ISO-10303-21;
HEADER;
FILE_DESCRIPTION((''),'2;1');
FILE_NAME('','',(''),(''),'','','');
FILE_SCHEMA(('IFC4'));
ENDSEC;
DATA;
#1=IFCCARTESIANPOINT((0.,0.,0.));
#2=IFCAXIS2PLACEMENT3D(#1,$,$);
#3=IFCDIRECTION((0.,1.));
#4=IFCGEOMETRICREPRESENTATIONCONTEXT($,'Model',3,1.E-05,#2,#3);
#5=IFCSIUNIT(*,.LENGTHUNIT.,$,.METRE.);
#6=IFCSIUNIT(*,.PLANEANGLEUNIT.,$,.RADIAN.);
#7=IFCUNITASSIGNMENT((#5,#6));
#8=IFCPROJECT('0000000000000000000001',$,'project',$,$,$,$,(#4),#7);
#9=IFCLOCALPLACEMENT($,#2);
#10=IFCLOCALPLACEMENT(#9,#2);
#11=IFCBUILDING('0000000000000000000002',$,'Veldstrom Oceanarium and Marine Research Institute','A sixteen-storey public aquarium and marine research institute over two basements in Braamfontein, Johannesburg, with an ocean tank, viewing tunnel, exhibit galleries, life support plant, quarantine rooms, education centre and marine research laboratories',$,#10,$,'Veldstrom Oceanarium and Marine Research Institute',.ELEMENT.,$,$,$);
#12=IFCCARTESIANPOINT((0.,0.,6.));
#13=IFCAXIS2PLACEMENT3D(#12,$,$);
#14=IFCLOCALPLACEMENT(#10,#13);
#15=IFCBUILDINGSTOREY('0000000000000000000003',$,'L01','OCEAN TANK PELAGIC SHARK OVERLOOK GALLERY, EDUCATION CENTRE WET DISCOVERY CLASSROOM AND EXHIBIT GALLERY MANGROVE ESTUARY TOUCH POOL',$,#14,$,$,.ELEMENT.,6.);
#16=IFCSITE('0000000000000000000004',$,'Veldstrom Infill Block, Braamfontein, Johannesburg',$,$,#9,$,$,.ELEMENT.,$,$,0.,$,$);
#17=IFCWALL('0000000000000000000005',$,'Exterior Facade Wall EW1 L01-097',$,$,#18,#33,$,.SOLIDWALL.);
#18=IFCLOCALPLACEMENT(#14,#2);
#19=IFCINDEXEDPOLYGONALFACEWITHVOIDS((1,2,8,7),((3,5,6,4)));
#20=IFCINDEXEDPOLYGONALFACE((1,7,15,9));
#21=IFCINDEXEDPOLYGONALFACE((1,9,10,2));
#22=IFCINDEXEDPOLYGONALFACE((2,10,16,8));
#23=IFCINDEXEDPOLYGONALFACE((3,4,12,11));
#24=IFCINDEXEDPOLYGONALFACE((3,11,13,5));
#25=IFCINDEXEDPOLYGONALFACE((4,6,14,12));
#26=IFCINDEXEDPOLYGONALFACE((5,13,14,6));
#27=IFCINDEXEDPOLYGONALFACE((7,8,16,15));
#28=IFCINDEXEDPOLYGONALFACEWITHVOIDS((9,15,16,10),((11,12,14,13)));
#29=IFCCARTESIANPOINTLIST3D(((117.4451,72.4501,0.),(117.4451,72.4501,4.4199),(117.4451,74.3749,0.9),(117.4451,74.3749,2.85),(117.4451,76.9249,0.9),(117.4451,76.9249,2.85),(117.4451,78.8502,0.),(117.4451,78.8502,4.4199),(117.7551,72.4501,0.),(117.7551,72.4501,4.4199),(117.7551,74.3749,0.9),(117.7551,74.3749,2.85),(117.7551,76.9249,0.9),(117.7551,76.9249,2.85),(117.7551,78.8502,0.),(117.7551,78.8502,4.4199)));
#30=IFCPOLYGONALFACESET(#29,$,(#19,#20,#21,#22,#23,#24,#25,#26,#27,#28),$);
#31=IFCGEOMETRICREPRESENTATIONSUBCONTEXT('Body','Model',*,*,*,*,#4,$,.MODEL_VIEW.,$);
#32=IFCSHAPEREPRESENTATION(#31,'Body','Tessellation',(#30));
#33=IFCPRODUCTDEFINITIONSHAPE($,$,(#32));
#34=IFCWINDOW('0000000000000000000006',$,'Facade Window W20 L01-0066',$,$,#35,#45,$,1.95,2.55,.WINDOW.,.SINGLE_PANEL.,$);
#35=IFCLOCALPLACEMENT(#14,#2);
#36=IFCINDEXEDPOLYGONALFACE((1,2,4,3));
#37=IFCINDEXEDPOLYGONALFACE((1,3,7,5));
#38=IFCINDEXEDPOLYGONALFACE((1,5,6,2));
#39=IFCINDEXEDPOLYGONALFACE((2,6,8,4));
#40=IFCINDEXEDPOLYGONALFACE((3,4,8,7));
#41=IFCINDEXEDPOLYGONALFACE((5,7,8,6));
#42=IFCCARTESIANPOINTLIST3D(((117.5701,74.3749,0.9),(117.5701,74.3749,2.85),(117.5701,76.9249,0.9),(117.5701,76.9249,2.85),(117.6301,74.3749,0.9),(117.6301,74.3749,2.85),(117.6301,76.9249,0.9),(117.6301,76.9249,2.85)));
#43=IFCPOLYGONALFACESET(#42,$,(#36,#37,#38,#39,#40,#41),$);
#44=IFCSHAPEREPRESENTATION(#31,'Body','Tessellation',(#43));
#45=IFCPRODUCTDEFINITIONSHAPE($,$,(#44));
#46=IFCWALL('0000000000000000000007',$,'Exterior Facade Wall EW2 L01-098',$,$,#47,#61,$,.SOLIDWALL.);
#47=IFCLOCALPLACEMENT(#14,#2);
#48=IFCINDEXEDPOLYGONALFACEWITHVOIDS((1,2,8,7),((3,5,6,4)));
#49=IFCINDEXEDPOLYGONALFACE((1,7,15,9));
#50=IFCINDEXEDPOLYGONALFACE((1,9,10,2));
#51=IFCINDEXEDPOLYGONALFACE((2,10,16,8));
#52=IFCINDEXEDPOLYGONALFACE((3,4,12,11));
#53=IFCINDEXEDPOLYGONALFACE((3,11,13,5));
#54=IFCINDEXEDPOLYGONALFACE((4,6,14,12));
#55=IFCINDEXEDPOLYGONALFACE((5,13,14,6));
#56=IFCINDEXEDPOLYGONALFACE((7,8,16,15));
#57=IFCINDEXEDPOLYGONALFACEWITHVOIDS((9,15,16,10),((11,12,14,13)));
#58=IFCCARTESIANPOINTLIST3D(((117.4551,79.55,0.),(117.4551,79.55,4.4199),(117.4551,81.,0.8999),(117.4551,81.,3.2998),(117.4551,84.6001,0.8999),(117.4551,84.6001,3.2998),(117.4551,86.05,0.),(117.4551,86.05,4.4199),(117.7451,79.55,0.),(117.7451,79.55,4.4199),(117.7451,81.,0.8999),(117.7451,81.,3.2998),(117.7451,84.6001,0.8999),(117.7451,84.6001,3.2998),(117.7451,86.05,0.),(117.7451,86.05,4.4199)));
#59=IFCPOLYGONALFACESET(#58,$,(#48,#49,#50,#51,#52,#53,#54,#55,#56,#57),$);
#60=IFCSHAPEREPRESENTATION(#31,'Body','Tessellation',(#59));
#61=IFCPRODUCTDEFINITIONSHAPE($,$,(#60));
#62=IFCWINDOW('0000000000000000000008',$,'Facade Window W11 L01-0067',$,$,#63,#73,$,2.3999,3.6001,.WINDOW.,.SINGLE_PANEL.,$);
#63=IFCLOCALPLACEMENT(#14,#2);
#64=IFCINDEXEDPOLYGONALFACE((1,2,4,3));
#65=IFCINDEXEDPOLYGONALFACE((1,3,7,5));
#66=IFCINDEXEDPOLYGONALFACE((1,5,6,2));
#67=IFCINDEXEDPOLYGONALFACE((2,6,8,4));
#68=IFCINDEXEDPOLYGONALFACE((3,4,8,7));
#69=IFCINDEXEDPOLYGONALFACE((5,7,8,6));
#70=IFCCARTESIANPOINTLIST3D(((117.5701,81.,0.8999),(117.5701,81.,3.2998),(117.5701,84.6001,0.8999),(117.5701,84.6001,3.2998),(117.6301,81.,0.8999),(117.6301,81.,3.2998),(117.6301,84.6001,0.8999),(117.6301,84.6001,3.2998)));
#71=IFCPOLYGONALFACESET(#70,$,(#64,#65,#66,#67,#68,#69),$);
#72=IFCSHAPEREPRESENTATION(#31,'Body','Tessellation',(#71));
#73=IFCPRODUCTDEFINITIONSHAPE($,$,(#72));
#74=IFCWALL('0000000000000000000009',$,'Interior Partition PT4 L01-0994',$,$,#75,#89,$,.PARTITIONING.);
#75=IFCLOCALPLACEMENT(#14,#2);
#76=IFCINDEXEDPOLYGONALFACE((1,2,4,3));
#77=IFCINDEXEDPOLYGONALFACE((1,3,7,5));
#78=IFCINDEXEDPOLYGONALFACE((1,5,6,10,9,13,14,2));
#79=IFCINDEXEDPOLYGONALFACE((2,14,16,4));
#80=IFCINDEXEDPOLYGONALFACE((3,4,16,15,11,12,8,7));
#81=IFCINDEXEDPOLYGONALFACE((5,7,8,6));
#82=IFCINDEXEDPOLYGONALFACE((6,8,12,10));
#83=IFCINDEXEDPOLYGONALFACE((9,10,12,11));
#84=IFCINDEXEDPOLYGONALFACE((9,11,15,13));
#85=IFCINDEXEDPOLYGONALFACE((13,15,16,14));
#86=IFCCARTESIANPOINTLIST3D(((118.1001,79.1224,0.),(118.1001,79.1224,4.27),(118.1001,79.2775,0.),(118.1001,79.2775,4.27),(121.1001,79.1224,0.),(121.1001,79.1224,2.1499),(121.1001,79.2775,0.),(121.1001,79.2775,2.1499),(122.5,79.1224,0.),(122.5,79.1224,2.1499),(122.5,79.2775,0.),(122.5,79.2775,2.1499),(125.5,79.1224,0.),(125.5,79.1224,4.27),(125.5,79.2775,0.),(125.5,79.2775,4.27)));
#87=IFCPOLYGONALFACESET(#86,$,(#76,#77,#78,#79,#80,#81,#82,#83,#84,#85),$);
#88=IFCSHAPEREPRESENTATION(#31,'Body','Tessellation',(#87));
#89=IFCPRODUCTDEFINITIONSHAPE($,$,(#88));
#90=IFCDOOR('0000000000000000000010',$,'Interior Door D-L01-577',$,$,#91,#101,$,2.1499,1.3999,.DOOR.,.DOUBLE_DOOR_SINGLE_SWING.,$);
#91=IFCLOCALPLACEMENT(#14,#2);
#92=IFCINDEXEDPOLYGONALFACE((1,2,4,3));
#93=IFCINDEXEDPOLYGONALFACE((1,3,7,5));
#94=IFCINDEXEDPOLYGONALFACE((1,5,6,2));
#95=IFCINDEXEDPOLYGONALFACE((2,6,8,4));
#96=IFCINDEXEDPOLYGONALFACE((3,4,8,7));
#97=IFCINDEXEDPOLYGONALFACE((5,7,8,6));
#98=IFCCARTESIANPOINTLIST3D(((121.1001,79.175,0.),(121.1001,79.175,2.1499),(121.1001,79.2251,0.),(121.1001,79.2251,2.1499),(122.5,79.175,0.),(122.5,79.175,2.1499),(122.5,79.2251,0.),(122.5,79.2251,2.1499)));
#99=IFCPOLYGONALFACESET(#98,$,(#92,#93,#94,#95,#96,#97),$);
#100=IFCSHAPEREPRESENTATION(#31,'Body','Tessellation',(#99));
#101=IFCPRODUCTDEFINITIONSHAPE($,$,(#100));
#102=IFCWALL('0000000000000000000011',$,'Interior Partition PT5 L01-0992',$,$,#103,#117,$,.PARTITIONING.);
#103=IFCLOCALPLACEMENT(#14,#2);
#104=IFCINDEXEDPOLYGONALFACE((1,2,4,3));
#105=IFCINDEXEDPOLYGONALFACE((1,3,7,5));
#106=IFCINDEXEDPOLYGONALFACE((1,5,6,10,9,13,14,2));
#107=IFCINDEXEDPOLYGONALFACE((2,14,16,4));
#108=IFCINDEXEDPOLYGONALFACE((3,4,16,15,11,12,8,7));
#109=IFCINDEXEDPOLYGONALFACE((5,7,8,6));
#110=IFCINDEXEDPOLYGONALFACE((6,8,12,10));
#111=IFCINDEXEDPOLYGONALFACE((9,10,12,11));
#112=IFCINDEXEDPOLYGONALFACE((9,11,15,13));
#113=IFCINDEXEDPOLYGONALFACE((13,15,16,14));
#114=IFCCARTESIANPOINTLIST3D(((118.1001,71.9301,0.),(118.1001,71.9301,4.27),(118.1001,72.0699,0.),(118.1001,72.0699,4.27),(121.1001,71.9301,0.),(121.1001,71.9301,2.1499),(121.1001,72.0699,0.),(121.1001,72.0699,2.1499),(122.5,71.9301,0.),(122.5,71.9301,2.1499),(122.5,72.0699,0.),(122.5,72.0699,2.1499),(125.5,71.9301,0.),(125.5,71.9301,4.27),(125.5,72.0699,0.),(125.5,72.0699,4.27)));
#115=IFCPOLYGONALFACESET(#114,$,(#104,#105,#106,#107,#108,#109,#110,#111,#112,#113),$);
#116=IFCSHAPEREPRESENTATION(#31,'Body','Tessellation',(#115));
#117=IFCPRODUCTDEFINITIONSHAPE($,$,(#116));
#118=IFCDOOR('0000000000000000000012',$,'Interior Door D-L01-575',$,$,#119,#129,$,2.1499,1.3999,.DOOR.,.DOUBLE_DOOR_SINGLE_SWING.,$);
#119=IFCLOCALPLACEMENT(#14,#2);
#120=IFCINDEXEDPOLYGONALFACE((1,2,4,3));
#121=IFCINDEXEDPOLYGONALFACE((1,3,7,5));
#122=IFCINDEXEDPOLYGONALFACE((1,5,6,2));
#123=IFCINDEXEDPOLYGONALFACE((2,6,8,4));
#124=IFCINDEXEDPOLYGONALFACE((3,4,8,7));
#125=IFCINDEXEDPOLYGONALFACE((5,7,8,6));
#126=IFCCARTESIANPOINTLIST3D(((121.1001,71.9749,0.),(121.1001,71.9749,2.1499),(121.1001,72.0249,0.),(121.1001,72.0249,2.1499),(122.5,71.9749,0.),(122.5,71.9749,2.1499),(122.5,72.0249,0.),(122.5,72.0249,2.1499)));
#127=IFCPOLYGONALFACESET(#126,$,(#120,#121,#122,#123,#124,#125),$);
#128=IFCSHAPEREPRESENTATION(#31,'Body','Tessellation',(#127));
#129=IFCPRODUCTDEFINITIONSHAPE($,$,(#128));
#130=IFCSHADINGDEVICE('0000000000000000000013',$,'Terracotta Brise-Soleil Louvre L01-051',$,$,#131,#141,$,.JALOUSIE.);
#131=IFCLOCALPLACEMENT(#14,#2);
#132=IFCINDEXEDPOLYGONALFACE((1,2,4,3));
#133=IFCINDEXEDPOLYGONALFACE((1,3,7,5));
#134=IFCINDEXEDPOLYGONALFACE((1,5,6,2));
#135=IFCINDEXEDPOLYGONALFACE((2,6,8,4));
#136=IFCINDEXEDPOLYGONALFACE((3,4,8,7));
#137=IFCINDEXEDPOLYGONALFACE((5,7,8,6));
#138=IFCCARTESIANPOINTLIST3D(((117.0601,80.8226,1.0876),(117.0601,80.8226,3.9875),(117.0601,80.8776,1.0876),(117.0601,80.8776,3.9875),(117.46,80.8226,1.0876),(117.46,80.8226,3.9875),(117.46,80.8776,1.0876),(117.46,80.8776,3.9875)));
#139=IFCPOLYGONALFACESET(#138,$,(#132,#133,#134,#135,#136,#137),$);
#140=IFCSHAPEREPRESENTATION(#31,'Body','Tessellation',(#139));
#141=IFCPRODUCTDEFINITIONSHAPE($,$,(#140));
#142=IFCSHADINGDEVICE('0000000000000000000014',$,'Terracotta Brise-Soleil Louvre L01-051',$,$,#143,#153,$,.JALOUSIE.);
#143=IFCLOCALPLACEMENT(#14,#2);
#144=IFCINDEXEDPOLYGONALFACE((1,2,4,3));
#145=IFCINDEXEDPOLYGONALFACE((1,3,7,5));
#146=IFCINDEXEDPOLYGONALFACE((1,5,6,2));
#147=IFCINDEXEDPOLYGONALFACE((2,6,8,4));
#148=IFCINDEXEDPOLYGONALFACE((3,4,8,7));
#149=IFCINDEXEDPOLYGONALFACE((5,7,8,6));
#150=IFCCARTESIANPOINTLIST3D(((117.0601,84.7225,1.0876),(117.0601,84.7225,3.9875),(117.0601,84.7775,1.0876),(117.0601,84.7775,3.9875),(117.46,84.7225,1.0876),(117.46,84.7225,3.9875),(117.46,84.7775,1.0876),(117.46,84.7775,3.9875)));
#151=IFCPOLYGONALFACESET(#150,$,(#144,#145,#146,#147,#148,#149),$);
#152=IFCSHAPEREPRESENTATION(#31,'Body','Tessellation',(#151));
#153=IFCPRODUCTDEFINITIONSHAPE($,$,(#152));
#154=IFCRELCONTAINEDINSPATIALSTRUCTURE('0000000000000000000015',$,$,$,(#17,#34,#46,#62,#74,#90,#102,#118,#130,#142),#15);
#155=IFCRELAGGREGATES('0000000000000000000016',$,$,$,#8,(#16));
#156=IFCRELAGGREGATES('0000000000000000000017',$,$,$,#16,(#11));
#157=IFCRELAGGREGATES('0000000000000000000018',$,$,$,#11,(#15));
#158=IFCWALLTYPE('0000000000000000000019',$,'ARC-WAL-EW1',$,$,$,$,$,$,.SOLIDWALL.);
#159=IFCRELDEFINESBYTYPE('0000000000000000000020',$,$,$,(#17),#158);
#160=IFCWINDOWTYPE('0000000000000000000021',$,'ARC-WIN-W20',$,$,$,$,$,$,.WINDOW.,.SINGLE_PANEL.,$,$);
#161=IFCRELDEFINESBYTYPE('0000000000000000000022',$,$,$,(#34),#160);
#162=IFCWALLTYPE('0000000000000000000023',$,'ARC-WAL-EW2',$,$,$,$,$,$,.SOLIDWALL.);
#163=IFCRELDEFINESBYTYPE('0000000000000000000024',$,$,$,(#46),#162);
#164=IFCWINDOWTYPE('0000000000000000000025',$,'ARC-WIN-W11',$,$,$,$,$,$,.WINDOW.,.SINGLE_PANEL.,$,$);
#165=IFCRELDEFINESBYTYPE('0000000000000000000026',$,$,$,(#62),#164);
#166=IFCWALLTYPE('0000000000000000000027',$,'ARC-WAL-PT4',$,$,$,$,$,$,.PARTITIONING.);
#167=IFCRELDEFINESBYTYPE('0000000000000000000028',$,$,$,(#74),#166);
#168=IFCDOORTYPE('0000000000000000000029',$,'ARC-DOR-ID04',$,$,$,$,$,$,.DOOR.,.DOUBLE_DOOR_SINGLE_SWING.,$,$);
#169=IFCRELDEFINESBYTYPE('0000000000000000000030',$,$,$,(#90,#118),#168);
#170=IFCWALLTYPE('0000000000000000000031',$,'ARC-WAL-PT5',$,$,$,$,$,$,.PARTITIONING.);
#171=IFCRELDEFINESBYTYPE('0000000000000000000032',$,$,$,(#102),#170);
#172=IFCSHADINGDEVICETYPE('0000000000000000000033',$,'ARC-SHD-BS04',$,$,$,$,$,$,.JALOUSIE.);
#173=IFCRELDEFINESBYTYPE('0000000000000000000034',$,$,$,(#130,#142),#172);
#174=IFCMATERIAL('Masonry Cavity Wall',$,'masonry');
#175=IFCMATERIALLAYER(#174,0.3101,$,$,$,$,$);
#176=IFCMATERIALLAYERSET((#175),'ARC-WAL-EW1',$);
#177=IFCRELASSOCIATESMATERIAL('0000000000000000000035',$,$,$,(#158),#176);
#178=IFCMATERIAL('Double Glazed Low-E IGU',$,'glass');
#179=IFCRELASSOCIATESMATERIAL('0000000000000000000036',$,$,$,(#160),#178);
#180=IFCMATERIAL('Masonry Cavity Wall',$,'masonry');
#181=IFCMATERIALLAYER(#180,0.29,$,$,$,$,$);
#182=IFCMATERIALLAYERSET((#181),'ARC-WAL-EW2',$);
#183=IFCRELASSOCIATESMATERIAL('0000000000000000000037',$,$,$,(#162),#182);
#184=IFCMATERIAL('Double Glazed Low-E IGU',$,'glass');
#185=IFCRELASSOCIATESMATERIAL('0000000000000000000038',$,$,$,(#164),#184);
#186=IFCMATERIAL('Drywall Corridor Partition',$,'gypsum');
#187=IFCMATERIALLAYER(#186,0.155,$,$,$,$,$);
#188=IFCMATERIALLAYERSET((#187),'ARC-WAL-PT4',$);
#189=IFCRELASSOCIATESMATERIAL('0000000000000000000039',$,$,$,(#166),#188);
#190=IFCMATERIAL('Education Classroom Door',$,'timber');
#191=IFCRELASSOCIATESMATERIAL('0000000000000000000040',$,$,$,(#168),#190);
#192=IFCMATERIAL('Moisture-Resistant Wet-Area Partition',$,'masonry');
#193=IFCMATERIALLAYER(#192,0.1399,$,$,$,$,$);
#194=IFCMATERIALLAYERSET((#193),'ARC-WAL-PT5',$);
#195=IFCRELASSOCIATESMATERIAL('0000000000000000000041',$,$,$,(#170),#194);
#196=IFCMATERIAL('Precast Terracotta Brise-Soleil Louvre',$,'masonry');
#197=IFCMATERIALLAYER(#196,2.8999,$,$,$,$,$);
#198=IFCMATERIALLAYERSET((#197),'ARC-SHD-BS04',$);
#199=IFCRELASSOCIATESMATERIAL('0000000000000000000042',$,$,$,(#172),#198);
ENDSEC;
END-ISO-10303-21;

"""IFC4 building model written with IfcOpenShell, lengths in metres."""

from ifc_helpers import new_model, si_unit, direction, frame, frame_2d, origin, origin_2d, place, context, subcontext, project, spatial, rectangle, extrude, material, layer, layer_set, type_object, element, fill, save


model = new_model("IFC4")

# Units and contexts
model_context = context("Model", 3, precision=1e-05, world=origin(), true_north=direction((0.0, 1.0)))
body_context = subcontext(model_context, "Body", "Model", "MODEL_VIEW")
ifc_project = project(units=[si_unit("LENGTHUNIT", "METRE"), si_unit("PLANEANGLEUNIT", "RADIAN")], contexts=[model_context])

# Site, building, storey
site_placement = place(None, origin())
site = spatial("IfcSite", under=ifc_project, at=site_placement, Name="Veldstrom Infill Block, Braamfontein, Johannesburg", CompositionType="ELEMENT", RefElevation=0.0)
building_placement = place(site_placement, origin())
building = spatial("IfcBuilding", under=site, at=building_placement, Name="Veldstrom Oceanarium and Marine Research Institute", Description="A sixteen-storey public aquarium and marine research institute over two basements in Braamfontein, Johannesburg, with an ocean tank, viewing tunnel, exhibit galleries, life support plant, quarantine rooms, education centre and marine research laboratories", LongName="Veldstrom Oceanarium and Marine Research Institute", CompositionType="ELEMENT")
storey_placement = place(building_placement, frame((0.0, 0.0, 6.0)))
storey = spatial("IfcBuildingStorey", under=building, at=storey_placement, Name="L01", Description="OCEAN TANK PELAGIC SHARK OVERLOOK GALLERY, EDUCATION CENTRE WET DISCOVERY CLASSROOM AND EXHIBIT GALLERY MANGROVE ESTUARY TOUCH POOL", CompositionType="ELEMENT", Elevation=6.0)

# Walls, openings, windows
ifc_material_1 = material(Name="Masonry Cavity Wall", Category="masonry")
ifc_layer_1 = layer(ifc_material_1, 0.3101)
ifc_layer_set_1 = layer_set([ifc_layer_1], Name="ARC-WAL-EW1")
wall_type_1 = type_object("IfcWallType", Name="ARC-WAL-EW1", PredefinedType="SOLIDWALL", material=ifc_layer_set_1)
wall_1_placement = place(storey_placement, frame((117.6001, 72.45, 0.0), z_axis=(0.0, 0.0, 1.0), x_axis=(0.0, 1.0, 0.0)))
wall_1 = element("IfcWall", 1, at=wall_1_placement, inside=storey, type_object=wall_type_1, Name="Exterior Facade Wall EW1 L01-097", PredefinedType="SOLIDWALL", context=body_context, shape_type="SweptSolid", body=[
    extrude(rectangle(XDim=6.4001, YDim=0.3101, at=frame_2d((3.2002, 0.0))), origin(), (0.0, 0.0, 1.0), 4.4199),
])
opening_1_placement = place(wall_1_placement, frame((1.925, 0.0, 0.8999)))
opening_1 = element("IfcOpeningElement", 2, at=opening_1_placement, cuts=wall_1, PredefinedType="OPENING", context=body_context, shape_type="SweptSolid", body=[
    extrude(rectangle(XDim=2.55, YDim=1.95, at=frame_2d((1.2749, 0.9751))), frame((0.0, 0.165, 0.0), z_axis=(0.0, -1.0, 0.0), x_axis=(1.0, 0.0, 0.0)), (0.0, 0.0, 1.0), 0.3301),
])
ifc_material_2 = material(Name="Double Glazed Low-E IGU", Category="glass")
window_type_1 = type_object("IfcWindowType", Name="ARC-WIN-W20", PartitioningType="SINGLE_PANEL", PredefinedType="WINDOW", material=ifc_material_2)
window_1_placement = place(opening_1_placement, origin())
window_1 = element("IfcWindow", 3, at=window_1_placement, inside=storey, type_object=window_type_1, Name="Facade Window W20 L01-0066", OverallHeight=1.95, OverallWidth=2.55, PartitioningType="SINGLE_PANEL", PredefinedType="WINDOW", context=body_context, shape_type="SweptSolid", body=[
    extrude(rectangle(XDim=2.55, YDim=1.95, at=frame_2d((1.2749, 0.9751))), frame((0.0, 0.03, 0.0), z_axis=(0.0, -1.0, 0.0), x_axis=(1.0, 0.0, 0.0)), (0.0, 0.0, 1.0), 0.0601),
])
fill(opening_1, window_1)
ifc_material_3 = material(Name="Masonry Cavity Wall", Category="masonry")
ifc_layer_2 = layer(ifc_material_3, 0.29)
ifc_layer_set_2 = layer_set([ifc_layer_2], Name="ARC-WAL-EW2")
wall_type_2 = type_object("IfcWallType", Name="ARC-WAL-EW2", PredefinedType="SOLIDWALL", material=ifc_layer_set_2)
wall_2_placement = place(storey_placement, frame((117.6001, 79.55, 0.0), z_axis=(0.0, 0.0, 1.0), x_axis=(0.0, 1.0, 0.0)))
wall_2 = element("IfcWall", 4, at=wall_2_placement, inside=storey, type_object=wall_type_2, Name="Exterior Facade Wall EW2 L01-098", PredefinedType="SOLIDWALL", context=body_context, shape_type="SweptSolid", body=[
    extrude(rectangle(XDim=6.5, YDim=0.29, at=frame_2d((3.25, 0.0))), origin(), (0.0, 0.0, 1.0), 4.4199),
])
opening_2_placement = place(wall_2_placement, frame((1.45, 0.0, 0.8999)))
opening_2 = element("IfcOpeningElement", 5, at=opening_2_placement, cuts=wall_2, PredefinedType="OPENING", context=body_context, shape_type="SweptSolid", body=[
    extrude(rectangle(XDim=3.6001, YDim=2.3999, at=frame_2d((1.8, 1.2))), frame((0.0, 0.155, 0.0), z_axis=(0.0, -1.0, 0.0), x_axis=(1.0, 0.0, 0.0)), (0.0, 0.0, 1.0), 0.3101),
])
ifc_material_4 = material(Name="Double Glazed Low-E IGU", Category="glass")
window_type_2 = type_object("IfcWindowType", Name="ARC-WIN-W11", PartitioningType="SINGLE_PANEL", PredefinedType="WINDOW", material=ifc_material_4)
window_2_placement = place(opening_2_placement, origin())
window_2 = element("IfcWindow", 6, at=window_2_placement, inside=storey, type_object=window_type_2, Name="Facade Window W11 L01-0067", OverallHeight=2.3999, OverallWidth=3.6001, PartitioningType="SINGLE_PANEL", PredefinedType="WINDOW", context=body_context, shape_type="SweptSolid", body=[
    extrude(rectangle(XDim=3.6001, YDim=2.3999, at=frame_2d((1.8, 1.2))), frame((0.0, 0.03, 0.0), z_axis=(0.0, -1.0, 0.0), x_axis=(1.0, 0.0, 0.0)), (0.0, 0.0, 1.0), 0.0601),
])
fill(opening_2, window_2)

# Walls, openings, doors
ifc_material_5 = material(Name="Drywall Corridor Partition", Category="gypsum")
ifc_layer_3 = layer(ifc_material_5, 0.155)
ifc_layer_set_3 = layer_set([ifc_layer_3], Name="ARC-WAL-PT4")
wall_type_3 = type_object("IfcWallType", Name="ARC-WAL-PT4", PredefinedType="PARTITIONING", material=ifc_layer_set_3)
wall_3_placement = place(storey_placement, frame((118.1001, 79.2, 0.0), z_axis=(0.0, 0.0, 1.0), x_axis=(1.0, 0.0, 0.0)))
wall_3 = element("IfcWall", 7, at=wall_3_placement, inside=storey, type_object=wall_type_3, Name="Interior Partition PT4 L01-0994", PredefinedType="PARTITIONING", context=body_context, shape_type="SweptSolid", body=[
    extrude(rectangle(XDim=7.3999, YDim=0.155, at=frame_2d((3.7, 0.0))), origin(), (0.0, 0.0, 1.0), 4.27),
])
opening_3_placement = place(wall_3_placement, frame((3.0, 0.0, 0.0)))
opening_3 = element("IfcOpeningElement", 8, at=opening_3_placement, cuts=wall_3, PredefinedType="OPENING", context=body_context, shape_type="SweptSolid", body=[
    extrude(rectangle(XDim=1.3999, YDim=2.1499, at=frame_2d((0.7, 1.075))), frame((0.0, 0.0874, 0.0), z_axis=(0.0, -1.0, 0.0), x_axis=(1.0, 0.0, 0.0)), (0.0, 0.0, 1.0), 0.175),
])
ifc_material_6 = material(Name="Education Classroom Door", Category="timber")
door_type = type_object("IfcDoorType", Name="ARC-DOR-ID04", OperationType="DOUBLE_DOOR_SINGLE_SWING", PredefinedType="DOOR", material=ifc_material_6)
door_1_placement = place(opening_3_placement, frame((1.3999, 0.0, 0.0), z_axis=(0.0, 0.0, 1.0), x_axis=(-1.0, 0.0, 0.0)))
door_1 = element("IfcDoor", 9, at=door_1_placement, inside=storey, type_object=door_type, Name="Interior Door D-L01-577", OperationType="DOUBLE_DOOR_SINGLE_SWING", OverallHeight=2.1499, OverallWidth=1.3999, PredefinedType="DOOR", context=body_context, shape_type="SweptSolid", body=[
    extrude(rectangle(XDim=1.3999, YDim=2.1499, at=frame_2d((0.7, 1.075))), frame((0.0, 0.0249, 0.0), z_axis=(0.0, -1.0, 0.0), x_axis=(1.0, 0.0, 0.0)), (0.0, 0.0, 1.0), 0.05),
])
fill(opening_3, door_1)
ifc_material_7 = material(Name="Moisture-Resistant Wet-Area Partition", Category="masonry")
ifc_layer_4 = layer(ifc_material_7, 0.1399)
ifc_layer_set_4 = layer_set([ifc_layer_4], Name="ARC-WAL-PT5")
wall_type_4 = type_object("IfcWallType", Name="ARC-WAL-PT5", PredefinedType="PARTITIONING", material=ifc_layer_set_4)
wall_4_placement = place(storey_placement, frame((118.1001, 72.0, 0.0), z_axis=(0.0, 0.0, 1.0), x_axis=(1.0, 0.0, 0.0)))
wall_4 = element("IfcWall", 10, at=wall_4_placement, inside=storey, type_object=wall_type_4, Name="Interior Partition PT5 L01-0992", PredefinedType="PARTITIONING", context=body_context, shape_type="SweptSolid", body=[
    extrude(rectangle(XDim=7.3999, YDim=0.1399, at=frame_2d((3.7, 0.0))), origin(), (0.0, 0.0, 1.0), 4.27),
])
opening_4_placement = place(wall_4_placement, frame((3.0, 0.0, 0.0)))
opening_4 = element("IfcOpeningElement", 11, at=opening_4_placement, cuts=wall_4, PredefinedType="OPENING", context=body_context, shape_type="SweptSolid", body=[
    extrude(rectangle(XDim=1.3999, YDim=2.1499, at=frame_2d((0.7, 1.075))), frame((0.0, 0.0798, 0.0), z_axis=(0.0, -1.0, 0.0), x_axis=(1.0, 0.0, 0.0)), (0.0, 0.0, 1.0), 0.1599),
])
door_2_placement = place(opening_4_placement, origin())
door_2 = element("IfcDoor", 12, at=door_2_placement, inside=storey, type_object=door_type, Name="Interior Door D-L01-575", OperationType="DOUBLE_DOOR_SINGLE_SWING", OverallHeight=2.1499, OverallWidth=1.3999, PredefinedType="DOOR", context=body_context, shape_type="SweptSolid", body=[
    extrude(rectangle(XDim=1.3999, YDim=2.1499, at=frame_2d((0.7, 1.075))), frame((0.0, 0.0249, 0.0), z_axis=(0.0, -1.0, 0.0), x_axis=(1.0, 0.0, 0.0)), (0.0, 0.0, 1.0), 0.05),
])
fill(opening_4, door_2)

# Shading devices
ifc_material_8 = material(Name="Precast Terracotta Brise-Soleil Louvre", Category="masonry")
ifc_layer_5 = layer(ifc_material_8, 2.8999)
ifc_layer_set_5 = layer_set([ifc_layer_5], Name="ARC-SHD-BS04")
shading_device_type = type_object("IfcShadingDeviceType", Name="ARC-SHD-BS04", PredefinedType="JALOUSIE", material=ifc_layer_set_5)
for number, where, z_axis, x_axis, name in (
    (13, (117.26, 80.8501, 1.0876), (0.0, 0.0, 1.0), (1.0, 0.0, 0.0), "Terracotta Brise-Soleil Louvre L01-051"),
    (14, (117.26, 84.75, 1.0876), (0.0, 0.0, 1.0), (1.0, 0.0, 0.0), "Terracotta Brise-Soleil Louvre L01-051"),
):
    element("IfcShadingDevice", number, at=place(storey_placement, frame(where, z_axis=z_axis, x_axis=x_axis)), inside=storey, type_object=shading_device_type, Name=name, PredefinedType="JALOUSIE", context=body_context, shape_type="SweptSolid", body=[
        extrude(rectangle(XDim=0.3999, YDim=0.0549, at=origin_2d()), origin(), (0.0, 0.0, 1.0), 2.8999),
    ])

save(model, "model.ifc")
